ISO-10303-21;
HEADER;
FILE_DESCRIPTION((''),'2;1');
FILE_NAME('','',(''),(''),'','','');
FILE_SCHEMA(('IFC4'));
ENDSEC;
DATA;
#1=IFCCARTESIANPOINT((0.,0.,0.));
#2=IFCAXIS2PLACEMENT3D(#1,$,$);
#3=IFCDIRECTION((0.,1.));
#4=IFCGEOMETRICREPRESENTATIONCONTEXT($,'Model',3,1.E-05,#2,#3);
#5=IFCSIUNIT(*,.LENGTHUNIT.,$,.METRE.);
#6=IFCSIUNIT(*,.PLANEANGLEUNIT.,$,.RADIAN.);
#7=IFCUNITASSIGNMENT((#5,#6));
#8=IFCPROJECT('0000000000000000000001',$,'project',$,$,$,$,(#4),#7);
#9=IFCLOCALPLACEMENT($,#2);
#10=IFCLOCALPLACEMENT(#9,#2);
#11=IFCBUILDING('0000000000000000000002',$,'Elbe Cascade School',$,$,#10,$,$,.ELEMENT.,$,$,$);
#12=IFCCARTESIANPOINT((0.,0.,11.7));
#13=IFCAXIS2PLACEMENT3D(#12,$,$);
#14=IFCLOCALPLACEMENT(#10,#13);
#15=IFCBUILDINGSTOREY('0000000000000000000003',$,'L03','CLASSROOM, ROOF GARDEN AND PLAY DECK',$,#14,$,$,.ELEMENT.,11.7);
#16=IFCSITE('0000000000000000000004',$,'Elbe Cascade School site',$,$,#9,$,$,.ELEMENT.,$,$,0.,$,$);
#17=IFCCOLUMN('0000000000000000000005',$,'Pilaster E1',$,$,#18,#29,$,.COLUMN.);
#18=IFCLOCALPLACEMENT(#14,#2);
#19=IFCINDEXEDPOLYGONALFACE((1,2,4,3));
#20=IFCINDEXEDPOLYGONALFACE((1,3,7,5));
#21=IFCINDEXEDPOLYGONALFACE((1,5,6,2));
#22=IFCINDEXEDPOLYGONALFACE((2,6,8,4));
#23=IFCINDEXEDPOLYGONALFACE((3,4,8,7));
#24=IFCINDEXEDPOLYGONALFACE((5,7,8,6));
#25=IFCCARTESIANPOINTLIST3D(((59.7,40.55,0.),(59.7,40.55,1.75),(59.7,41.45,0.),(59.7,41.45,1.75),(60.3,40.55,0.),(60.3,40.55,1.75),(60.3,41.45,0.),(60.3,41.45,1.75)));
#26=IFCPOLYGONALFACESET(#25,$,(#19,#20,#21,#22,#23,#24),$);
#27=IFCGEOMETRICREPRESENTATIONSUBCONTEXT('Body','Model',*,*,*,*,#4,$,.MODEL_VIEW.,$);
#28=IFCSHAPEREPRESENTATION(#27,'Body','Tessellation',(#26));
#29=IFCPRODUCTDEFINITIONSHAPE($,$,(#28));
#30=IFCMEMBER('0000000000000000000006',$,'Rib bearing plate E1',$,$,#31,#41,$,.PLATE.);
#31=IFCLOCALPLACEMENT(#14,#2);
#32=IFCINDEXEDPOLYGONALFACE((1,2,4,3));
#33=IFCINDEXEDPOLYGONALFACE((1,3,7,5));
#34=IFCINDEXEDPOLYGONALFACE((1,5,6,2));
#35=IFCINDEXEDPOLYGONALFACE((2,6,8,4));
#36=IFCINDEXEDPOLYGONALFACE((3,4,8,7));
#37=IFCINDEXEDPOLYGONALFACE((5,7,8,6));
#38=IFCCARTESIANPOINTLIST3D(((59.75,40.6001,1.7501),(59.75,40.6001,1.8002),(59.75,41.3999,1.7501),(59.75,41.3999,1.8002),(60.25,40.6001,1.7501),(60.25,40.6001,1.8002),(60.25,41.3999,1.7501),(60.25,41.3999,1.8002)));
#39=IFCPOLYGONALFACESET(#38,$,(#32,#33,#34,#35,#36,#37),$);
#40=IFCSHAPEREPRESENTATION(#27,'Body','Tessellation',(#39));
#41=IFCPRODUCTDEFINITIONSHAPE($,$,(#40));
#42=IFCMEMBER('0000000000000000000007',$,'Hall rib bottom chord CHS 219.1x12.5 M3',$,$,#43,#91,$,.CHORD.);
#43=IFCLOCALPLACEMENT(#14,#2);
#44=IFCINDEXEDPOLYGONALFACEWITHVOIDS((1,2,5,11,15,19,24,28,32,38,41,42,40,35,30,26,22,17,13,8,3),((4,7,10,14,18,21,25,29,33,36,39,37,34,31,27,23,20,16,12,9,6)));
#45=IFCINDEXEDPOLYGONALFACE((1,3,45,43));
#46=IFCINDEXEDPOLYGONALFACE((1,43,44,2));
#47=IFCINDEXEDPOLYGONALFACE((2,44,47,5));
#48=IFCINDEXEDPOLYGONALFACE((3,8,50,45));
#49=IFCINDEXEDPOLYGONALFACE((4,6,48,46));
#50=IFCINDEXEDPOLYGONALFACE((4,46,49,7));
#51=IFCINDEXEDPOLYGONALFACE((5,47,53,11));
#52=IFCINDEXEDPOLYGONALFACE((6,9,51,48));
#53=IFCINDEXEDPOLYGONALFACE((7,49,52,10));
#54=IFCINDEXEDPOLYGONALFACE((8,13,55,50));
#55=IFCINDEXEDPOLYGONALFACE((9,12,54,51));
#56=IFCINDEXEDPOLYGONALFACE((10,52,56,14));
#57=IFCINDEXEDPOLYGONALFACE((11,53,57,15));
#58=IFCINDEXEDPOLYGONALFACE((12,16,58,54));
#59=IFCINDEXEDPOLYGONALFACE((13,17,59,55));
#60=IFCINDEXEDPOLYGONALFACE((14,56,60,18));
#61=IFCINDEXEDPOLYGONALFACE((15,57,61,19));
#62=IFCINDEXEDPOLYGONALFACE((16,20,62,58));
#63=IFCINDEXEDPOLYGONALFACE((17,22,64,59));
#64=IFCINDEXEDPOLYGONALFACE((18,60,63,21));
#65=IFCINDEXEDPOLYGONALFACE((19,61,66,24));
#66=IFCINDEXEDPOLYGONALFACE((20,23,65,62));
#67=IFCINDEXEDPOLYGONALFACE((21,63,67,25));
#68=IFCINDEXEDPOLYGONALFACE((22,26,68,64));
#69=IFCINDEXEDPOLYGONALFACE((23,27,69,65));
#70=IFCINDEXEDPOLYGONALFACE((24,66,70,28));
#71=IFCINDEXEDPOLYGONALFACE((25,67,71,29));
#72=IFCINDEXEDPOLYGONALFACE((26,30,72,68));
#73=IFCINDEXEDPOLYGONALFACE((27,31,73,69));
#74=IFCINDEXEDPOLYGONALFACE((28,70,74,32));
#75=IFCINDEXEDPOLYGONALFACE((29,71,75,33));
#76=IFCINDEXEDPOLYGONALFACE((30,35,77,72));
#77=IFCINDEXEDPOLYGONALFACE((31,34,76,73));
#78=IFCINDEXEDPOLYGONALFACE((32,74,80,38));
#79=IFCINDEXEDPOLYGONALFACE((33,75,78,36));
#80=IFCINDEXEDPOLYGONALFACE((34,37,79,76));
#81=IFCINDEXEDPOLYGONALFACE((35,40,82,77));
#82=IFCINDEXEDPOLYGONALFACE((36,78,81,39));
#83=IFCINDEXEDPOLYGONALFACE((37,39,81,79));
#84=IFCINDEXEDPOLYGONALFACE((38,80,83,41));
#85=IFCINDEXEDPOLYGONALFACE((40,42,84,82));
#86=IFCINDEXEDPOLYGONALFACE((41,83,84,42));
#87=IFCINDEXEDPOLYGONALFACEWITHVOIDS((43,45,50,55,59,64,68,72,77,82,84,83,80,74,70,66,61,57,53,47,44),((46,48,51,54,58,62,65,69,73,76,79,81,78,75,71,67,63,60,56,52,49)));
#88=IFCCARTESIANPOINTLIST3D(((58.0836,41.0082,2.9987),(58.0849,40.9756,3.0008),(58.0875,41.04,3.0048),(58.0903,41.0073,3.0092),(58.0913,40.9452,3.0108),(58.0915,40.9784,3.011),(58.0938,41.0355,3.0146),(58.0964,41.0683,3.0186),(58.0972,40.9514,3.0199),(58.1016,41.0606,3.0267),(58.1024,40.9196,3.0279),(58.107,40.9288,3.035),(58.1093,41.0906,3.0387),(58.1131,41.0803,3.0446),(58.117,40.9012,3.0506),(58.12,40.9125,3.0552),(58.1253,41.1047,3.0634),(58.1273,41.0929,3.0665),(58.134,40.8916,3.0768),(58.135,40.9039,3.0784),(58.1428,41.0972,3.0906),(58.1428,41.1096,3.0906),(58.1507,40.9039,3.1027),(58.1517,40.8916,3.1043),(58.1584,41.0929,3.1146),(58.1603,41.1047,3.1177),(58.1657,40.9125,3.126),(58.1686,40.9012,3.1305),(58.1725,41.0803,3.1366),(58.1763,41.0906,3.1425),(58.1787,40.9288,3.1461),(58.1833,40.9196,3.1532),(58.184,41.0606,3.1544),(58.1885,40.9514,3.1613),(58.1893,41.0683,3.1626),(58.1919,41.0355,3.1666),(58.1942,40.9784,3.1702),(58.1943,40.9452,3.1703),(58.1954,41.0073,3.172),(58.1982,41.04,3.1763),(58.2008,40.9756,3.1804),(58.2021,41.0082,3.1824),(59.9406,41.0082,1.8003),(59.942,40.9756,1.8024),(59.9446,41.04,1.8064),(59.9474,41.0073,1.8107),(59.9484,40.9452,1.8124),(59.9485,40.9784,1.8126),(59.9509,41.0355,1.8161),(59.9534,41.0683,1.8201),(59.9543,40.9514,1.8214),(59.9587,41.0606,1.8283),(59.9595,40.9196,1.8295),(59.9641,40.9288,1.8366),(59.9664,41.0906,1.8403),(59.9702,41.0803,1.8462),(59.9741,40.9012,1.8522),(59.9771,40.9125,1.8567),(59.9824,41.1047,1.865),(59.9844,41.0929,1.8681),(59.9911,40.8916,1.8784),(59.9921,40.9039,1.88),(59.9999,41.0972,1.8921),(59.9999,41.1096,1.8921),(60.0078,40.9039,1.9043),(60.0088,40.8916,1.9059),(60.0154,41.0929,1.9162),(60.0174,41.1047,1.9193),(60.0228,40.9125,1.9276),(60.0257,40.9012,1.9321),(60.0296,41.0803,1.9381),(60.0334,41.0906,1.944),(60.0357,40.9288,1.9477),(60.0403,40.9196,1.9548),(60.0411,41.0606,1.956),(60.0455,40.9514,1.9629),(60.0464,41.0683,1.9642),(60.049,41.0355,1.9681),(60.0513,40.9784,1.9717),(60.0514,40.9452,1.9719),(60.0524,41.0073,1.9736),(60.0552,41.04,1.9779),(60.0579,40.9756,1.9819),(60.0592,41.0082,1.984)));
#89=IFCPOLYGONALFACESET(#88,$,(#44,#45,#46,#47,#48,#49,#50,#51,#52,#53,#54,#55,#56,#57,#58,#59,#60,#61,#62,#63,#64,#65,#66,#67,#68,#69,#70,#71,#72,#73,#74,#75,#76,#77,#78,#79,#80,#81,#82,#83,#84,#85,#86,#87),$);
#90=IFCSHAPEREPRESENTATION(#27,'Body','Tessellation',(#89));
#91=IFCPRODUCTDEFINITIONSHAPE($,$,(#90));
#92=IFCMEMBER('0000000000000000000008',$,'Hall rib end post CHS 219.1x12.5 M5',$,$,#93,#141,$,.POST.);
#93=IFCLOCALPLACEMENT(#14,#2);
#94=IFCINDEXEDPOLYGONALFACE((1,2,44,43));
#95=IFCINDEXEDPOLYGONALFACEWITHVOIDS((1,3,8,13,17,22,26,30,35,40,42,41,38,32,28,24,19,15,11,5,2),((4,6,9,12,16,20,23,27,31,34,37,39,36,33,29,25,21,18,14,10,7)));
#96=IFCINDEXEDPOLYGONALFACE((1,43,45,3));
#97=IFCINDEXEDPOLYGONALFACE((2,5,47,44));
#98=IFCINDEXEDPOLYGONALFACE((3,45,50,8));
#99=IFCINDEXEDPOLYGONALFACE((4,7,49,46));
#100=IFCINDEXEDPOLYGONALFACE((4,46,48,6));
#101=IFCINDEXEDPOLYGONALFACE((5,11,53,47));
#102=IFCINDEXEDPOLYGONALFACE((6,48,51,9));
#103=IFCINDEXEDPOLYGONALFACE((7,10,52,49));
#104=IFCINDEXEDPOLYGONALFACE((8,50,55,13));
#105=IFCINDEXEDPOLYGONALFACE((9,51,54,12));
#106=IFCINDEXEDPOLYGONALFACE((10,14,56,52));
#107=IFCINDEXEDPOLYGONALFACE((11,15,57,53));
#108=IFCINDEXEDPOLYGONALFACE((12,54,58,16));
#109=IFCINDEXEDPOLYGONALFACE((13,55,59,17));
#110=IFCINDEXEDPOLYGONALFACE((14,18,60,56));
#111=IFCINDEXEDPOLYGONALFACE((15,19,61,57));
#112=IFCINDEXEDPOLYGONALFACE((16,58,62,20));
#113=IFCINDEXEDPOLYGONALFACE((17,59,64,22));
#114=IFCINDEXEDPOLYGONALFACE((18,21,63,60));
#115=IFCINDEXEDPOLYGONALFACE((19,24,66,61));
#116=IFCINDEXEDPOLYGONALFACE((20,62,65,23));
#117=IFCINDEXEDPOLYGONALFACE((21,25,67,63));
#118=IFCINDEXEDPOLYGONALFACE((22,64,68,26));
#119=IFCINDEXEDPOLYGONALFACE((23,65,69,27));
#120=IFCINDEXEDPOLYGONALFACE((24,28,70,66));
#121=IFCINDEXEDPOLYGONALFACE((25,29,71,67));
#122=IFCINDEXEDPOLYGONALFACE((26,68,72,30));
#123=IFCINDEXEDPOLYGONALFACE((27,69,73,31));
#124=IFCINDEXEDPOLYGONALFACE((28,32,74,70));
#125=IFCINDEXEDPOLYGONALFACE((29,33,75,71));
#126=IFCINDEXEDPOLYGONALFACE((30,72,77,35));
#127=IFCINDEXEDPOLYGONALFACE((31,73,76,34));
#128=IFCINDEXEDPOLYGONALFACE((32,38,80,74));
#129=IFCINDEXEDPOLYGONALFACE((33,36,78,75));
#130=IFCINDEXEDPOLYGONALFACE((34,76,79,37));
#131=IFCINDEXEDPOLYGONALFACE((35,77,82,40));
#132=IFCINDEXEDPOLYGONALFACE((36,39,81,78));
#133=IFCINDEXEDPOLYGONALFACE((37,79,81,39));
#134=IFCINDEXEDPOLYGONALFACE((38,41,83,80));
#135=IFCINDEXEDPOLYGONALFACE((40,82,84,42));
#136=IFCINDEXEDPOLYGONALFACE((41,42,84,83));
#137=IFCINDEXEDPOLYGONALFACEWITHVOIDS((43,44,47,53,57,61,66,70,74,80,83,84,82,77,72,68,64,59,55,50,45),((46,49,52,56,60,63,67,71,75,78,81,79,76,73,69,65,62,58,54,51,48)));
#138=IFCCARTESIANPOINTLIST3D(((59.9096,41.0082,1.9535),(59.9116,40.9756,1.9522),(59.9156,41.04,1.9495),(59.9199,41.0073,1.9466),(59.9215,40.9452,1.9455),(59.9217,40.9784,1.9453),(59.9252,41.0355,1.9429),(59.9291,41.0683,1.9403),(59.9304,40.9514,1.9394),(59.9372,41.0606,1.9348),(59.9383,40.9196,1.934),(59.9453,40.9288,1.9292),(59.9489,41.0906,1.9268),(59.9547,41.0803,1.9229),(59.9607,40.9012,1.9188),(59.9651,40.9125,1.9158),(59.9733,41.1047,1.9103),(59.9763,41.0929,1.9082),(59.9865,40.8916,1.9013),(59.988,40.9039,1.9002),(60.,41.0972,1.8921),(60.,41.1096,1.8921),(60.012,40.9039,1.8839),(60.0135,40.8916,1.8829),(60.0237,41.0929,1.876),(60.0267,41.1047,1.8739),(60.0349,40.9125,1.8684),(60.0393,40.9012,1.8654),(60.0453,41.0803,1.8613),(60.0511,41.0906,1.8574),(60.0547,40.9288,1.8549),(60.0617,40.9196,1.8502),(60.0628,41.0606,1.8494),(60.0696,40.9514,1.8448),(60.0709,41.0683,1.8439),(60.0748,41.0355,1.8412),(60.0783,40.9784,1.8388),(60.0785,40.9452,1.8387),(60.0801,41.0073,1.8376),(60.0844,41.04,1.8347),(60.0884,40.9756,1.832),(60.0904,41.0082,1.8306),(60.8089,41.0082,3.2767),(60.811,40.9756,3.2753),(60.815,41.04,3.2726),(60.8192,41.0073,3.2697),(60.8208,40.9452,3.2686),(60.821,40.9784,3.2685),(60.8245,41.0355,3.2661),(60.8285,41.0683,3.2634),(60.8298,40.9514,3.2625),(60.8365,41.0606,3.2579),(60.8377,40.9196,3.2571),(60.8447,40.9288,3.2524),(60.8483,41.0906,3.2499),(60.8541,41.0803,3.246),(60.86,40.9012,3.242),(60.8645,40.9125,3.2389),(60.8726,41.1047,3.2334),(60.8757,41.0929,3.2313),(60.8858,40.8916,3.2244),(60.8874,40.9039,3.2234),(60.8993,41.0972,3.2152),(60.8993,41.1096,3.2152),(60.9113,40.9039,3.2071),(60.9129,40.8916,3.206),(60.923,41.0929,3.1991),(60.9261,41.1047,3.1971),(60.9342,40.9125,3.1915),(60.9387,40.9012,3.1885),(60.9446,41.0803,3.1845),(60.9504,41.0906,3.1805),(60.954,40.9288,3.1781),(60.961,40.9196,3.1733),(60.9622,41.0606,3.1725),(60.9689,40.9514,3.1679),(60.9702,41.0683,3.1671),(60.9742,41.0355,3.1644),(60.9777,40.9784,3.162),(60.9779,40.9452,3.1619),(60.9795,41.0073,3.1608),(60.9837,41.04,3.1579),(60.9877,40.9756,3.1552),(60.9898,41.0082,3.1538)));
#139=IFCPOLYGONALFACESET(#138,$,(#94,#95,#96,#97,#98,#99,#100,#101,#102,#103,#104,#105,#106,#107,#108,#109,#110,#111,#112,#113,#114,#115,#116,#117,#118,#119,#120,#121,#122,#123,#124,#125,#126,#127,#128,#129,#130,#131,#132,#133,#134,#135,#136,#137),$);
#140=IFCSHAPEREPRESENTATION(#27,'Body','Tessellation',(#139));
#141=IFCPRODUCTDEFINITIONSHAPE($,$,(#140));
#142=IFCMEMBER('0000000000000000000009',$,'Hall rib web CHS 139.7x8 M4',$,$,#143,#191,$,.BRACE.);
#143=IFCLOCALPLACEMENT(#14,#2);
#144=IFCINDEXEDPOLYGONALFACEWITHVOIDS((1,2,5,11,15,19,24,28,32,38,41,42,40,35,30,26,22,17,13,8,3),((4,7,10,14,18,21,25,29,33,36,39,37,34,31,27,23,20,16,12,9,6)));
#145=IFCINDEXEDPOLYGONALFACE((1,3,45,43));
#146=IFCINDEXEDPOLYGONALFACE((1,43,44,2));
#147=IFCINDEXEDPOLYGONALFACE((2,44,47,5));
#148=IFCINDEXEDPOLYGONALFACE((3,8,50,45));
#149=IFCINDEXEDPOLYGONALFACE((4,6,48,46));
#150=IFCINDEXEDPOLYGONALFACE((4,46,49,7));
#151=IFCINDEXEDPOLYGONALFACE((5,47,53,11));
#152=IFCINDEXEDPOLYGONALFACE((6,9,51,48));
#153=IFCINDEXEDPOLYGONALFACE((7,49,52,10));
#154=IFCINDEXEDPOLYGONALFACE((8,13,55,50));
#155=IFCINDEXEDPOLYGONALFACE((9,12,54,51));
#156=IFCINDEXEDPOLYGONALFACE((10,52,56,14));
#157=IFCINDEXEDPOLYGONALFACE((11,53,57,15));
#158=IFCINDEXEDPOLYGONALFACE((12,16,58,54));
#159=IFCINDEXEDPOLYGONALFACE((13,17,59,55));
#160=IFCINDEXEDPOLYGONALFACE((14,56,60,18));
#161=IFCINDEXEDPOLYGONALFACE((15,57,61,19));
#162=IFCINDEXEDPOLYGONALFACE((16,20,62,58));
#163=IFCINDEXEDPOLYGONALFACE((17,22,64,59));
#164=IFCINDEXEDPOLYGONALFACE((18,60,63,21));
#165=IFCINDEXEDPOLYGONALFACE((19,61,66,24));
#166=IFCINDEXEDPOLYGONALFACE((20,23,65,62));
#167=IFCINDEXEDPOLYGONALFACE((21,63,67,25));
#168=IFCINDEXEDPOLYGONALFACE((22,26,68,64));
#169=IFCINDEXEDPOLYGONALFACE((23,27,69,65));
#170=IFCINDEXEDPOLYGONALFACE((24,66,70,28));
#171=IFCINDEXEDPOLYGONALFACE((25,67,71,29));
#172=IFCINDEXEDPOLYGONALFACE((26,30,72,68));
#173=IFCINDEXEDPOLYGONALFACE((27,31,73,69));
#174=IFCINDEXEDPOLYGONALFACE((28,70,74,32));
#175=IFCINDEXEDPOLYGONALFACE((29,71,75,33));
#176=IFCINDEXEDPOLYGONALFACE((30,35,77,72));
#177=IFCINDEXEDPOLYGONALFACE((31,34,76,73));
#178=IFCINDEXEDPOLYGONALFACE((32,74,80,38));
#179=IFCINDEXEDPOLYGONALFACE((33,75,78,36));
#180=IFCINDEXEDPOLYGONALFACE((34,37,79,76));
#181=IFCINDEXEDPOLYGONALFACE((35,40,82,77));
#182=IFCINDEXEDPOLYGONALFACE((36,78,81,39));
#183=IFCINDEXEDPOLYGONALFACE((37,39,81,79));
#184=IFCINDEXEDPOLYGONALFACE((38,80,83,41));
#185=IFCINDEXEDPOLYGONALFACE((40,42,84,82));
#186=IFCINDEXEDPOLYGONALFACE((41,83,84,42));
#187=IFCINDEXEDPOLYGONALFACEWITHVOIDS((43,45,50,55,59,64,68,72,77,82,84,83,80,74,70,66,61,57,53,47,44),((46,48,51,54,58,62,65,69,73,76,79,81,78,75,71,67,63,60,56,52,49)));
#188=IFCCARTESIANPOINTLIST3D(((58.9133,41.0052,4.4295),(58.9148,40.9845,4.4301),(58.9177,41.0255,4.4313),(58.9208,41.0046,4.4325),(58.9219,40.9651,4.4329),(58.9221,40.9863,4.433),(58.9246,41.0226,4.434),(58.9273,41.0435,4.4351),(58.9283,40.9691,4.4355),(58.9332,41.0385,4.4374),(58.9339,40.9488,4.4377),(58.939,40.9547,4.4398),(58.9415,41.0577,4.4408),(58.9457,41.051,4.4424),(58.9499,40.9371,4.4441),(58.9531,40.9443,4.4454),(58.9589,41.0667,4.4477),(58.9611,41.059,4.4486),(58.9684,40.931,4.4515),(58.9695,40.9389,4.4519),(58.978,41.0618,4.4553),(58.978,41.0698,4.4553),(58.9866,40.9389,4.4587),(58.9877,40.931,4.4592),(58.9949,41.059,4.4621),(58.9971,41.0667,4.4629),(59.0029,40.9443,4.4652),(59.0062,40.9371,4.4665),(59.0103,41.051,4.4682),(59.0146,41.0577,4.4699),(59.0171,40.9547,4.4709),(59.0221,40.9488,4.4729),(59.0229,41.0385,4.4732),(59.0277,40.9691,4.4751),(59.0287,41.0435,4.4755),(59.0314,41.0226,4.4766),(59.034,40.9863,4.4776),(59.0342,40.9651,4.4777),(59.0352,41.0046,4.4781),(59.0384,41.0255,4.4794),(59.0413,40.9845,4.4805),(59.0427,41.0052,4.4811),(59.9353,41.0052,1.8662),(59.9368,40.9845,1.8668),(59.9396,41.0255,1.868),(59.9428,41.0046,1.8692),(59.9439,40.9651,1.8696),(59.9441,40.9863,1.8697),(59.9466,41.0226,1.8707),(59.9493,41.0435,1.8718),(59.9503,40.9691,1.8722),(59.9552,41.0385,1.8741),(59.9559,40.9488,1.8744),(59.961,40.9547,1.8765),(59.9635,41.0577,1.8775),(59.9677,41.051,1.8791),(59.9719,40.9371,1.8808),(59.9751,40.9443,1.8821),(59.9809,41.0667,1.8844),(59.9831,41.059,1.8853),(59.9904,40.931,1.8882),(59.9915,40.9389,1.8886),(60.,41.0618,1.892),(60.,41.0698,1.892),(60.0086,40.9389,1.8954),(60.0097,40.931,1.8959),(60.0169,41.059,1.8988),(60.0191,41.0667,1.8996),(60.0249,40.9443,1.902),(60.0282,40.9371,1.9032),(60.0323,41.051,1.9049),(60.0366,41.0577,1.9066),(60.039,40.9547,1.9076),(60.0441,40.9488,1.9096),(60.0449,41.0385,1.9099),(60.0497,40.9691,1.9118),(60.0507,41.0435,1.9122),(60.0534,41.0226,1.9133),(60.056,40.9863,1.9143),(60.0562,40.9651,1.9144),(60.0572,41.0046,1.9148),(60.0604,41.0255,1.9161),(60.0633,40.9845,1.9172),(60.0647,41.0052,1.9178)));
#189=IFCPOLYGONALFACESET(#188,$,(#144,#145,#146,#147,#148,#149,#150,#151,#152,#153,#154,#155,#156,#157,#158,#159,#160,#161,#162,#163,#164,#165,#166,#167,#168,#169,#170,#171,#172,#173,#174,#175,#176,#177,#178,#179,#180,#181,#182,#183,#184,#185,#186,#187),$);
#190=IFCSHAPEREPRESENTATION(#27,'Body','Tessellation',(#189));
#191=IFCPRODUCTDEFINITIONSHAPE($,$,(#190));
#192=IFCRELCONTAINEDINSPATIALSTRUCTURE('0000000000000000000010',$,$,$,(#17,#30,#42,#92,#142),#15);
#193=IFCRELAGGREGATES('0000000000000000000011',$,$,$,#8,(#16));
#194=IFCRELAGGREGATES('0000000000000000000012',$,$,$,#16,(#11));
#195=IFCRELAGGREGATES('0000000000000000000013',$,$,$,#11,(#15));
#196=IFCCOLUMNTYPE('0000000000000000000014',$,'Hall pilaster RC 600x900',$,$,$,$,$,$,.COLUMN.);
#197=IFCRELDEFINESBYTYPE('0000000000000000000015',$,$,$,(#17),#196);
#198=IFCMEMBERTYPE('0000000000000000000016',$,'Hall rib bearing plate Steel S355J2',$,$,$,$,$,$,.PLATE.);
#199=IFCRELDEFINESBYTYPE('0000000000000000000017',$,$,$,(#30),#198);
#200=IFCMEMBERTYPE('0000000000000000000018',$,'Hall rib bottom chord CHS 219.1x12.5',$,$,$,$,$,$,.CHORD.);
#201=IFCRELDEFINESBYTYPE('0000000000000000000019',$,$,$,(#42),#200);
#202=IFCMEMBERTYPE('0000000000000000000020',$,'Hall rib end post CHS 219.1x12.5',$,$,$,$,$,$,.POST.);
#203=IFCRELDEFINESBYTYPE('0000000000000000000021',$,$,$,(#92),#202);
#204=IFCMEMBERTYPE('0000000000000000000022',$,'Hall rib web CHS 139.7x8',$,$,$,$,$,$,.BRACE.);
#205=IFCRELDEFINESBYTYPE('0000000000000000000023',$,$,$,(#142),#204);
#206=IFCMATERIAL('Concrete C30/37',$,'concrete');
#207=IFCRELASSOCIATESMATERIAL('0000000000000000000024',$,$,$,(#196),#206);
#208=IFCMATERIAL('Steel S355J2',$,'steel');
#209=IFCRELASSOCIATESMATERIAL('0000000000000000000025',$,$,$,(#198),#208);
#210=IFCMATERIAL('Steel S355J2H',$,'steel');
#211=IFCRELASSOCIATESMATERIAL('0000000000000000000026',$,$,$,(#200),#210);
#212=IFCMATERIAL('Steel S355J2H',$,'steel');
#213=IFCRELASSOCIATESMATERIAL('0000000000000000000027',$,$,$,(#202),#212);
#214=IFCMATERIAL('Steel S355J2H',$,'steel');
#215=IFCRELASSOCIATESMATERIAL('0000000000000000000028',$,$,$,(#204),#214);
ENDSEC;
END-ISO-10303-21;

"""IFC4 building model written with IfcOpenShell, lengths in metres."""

from ifc_helpers import new_model, si_unit, direction, frame, origin, origin_2d, place, context, subcontext, project, spatial, rectangle, hollow_circle, extrude, material, material_profile, profile_set, type_object, element, save


model = new_model("IFC4")

# Units and contexts
model_context = context("Model", 3, precision=1e-05, world=origin(), true_north=direction((0.0, 1.0)))
body_context = subcontext(model_context, "Body", "Model", "MODEL_VIEW")
ifc_project = project(units=[si_unit("LENGTHUNIT", "METRE"), si_unit("PLANEANGLEUNIT", "RADIAN")], contexts=[model_context])

# Site, building, storey
site_placement = place(None, origin())
site = spatial("IfcSite", under=ifc_project, at=site_placement, Name="Elbe Cascade School site", CompositionType="ELEMENT", RefElevation=0.0)
building_placement = place(site_placement, origin())
building = spatial("IfcBuilding", under=site, at=building_placement, Name="Elbe Cascade School", CompositionType="ELEMENT")
storey_placement = place(building_placement, frame((0.0, 0.0, 11.7)))
storey = spatial("IfcBuildingStorey", under=building, at=storey_placement, Name="L03", Description="CLASSROOM, ROOF GARDEN AND PLAY DECK", CompositionType="ELEMENT", Elevation=11.7)

# Column
ifc_material_1 = material(Name="Concrete C30/37", Category="concrete")
ifc_material_profile_1 = material_profile(ifc_material_1, rectangle(XDim=0.6001, YDim=0.8999, at=origin_2d()), Name="RC 600x900")
ifc_profile_set_1 = profile_set([ifc_material_profile_1], Name="Concrete C30/37")
column_type = type_object("IfcColumnType", Name="Hall pilaster RC 600x900", PredefinedType="COLUMN", material=ifc_profile_set_1)
column_placement = place(storey_placement, frame((60.0, 41.0, 0.0), z_axis=(0.0, 0.0, 1.0), x_axis=(1.0, 0.0, 0.0)))
element("IfcColumn", 1, at=column_placement, inside=storey, type_object=column_type, Name="Pilaster E1", PredefinedType="COLUMN", context=body_context, shape_type="SweptSolid", body=[
    extrude(rectangle(XDim=0.6001, YDim=0.8999, at=origin_2d()), origin(), (0.0, 0.0, 1.0), 1.75),
])

# Members
ifc_material_2 = material(Name="Steel S355J2", Category="steel")
ifc_material_profile_2 = material_profile(ifc_material_2, rectangle(XDim=0.5, YDim=0.05, at=origin_2d()), Name="PL 500x50")
ifc_profile_set_2 = profile_set([ifc_material_profile_2], Name="Steel S355J2")
member_type_1 = type_object("IfcMemberType", Name="Hall rib bearing plate Steel S355J2", PredefinedType="PLATE", material=ifc_profile_set_2)
member_1_placement = place(storey_placement, frame((60.0, 40.6001, 1.7751), z_axis=(0.0, 1.0, 0.0), x_axis=(-1.0, 0.0, 0.0)))
element("IfcMember", 2, at=member_1_placement, inside=storey, type_object=member_type_1, Name="Rib bearing plate E1", PredefinedType="PLATE", context=body_context, shape_type="SweptSolid", body=[
    extrude(rectangle(XDim=0.5, YDim=0.05, at=origin_2d()), origin(), (0.0, 0.0, 1.0), 0.7998),
])
ifc_material_3 = material(Name="Steel S355J2H", Category="steel")
ifc_material_profile_3 = material_profile(ifc_material_3, hollow_circle(Radius=0.1096, WallThickness=0.0125, at=origin_2d()), Name="CHS 219.1x12.5")
ifc_profile_set_3 = profile_set([ifc_material_profile_3], Name="Steel S355J2H")
member_type_2 = type_object("IfcMemberType", Name="Hall rib bottom chord CHS 219.1x12.5", PredefinedType="CHORD", material=ifc_profile_set_3)
member_2_placement = place(storey_placement, frame((58.1428, 41.0, 3.0906), z_axis=(0.840233, 0.0, -0.542225), x_axis=(0.0, 1.0, 0.0)))
element("IfcMember", 3, at=member_2_placement, inside=storey, type_object=member_type_2, Name="Hall rib bottom chord CHS 219.1x12.5 M3", PredefinedType="CHORD", context=body_context, shape_type="SweptSolid", body=[
    extrude(hollow_circle(Radius=0.1096, WallThickness=0.0125, at=origin_2d()), origin(), (0.0, 0.0, 1.0), 2.2102),
])
ifc_material_4 = material(Name="Steel S355J2H", Category="steel")
ifc_material_profile_4 = material_profile(ifc_material_4, hollow_circle(Radius=0.1096, WallThickness=0.0125, at=origin_2d()), Name="CHS 219.1x12.5")
ifc_profile_set_4 = profile_set([ifc_material_profile_4], Name="Steel S355J2H")
member_type_3 = type_object("IfcMemberType", Name="Hall rib end post CHS 219.1x12.5", PredefinedType="POST", material=ifc_profile_set_4)
member_3_placement = place(storey_placement, frame((60.0, 41.0, 1.8921), z_axis=(0.562143, 0.0, 0.82704), x_axis=(0.0, 1.0, 0.0)))
element("IfcMember", 4, at=member_3_placement, inside=storey, type_object=member_type_3, Name="Hall rib end post CHS 219.1x12.5 M5", PredefinedType="POST", context=body_context, shape_type="SweptSolid", body=[
    extrude(hollow_circle(Radius=0.1096, WallThickness=0.0125, at=origin_2d()), origin(), (0.0, 0.0, 1.0), 1.5999),
])
ifc_material_5 = material(Name="Steel S355J2H", Category="steel")
ifc_material_profile_5 = material_profile(ifc_material_5, hollow_circle(Radius=0.0698, WallThickness=0.0081, at=origin_2d()), Name="CHS 139.7x8")
ifc_profile_set_5 = profile_set([ifc_material_profile_5], Name="Steel S355J2H")
member_type_4 = type_object("IfcMemberType", Name="Hall rib web CHS 139.7x8", PredefinedType="BRACE", material=ifc_profile_set_5)
member_4_placement = place(storey_placement, frame((58.978, 41.0, 4.4553), z_axis=(0.370353, 0.0, -0.928891), x_axis=(0.0, 1.0, 0.0)))
element("IfcMember", 5, at=member_4_placement, inside=storey, type_object=member_type_4, Name="Hall rib web CHS 139.7x8 M4", PredefinedType="BRACE", context=body_context, shape_type="SweptSolid", body=[
    extrude(hollow_circle(Radius=0.0698, WallThickness=0.0081, at=origin_2d()), origin(), (0.0, 0.0, 1.0), 2.7595),
])

save(model, "model.ifc")
